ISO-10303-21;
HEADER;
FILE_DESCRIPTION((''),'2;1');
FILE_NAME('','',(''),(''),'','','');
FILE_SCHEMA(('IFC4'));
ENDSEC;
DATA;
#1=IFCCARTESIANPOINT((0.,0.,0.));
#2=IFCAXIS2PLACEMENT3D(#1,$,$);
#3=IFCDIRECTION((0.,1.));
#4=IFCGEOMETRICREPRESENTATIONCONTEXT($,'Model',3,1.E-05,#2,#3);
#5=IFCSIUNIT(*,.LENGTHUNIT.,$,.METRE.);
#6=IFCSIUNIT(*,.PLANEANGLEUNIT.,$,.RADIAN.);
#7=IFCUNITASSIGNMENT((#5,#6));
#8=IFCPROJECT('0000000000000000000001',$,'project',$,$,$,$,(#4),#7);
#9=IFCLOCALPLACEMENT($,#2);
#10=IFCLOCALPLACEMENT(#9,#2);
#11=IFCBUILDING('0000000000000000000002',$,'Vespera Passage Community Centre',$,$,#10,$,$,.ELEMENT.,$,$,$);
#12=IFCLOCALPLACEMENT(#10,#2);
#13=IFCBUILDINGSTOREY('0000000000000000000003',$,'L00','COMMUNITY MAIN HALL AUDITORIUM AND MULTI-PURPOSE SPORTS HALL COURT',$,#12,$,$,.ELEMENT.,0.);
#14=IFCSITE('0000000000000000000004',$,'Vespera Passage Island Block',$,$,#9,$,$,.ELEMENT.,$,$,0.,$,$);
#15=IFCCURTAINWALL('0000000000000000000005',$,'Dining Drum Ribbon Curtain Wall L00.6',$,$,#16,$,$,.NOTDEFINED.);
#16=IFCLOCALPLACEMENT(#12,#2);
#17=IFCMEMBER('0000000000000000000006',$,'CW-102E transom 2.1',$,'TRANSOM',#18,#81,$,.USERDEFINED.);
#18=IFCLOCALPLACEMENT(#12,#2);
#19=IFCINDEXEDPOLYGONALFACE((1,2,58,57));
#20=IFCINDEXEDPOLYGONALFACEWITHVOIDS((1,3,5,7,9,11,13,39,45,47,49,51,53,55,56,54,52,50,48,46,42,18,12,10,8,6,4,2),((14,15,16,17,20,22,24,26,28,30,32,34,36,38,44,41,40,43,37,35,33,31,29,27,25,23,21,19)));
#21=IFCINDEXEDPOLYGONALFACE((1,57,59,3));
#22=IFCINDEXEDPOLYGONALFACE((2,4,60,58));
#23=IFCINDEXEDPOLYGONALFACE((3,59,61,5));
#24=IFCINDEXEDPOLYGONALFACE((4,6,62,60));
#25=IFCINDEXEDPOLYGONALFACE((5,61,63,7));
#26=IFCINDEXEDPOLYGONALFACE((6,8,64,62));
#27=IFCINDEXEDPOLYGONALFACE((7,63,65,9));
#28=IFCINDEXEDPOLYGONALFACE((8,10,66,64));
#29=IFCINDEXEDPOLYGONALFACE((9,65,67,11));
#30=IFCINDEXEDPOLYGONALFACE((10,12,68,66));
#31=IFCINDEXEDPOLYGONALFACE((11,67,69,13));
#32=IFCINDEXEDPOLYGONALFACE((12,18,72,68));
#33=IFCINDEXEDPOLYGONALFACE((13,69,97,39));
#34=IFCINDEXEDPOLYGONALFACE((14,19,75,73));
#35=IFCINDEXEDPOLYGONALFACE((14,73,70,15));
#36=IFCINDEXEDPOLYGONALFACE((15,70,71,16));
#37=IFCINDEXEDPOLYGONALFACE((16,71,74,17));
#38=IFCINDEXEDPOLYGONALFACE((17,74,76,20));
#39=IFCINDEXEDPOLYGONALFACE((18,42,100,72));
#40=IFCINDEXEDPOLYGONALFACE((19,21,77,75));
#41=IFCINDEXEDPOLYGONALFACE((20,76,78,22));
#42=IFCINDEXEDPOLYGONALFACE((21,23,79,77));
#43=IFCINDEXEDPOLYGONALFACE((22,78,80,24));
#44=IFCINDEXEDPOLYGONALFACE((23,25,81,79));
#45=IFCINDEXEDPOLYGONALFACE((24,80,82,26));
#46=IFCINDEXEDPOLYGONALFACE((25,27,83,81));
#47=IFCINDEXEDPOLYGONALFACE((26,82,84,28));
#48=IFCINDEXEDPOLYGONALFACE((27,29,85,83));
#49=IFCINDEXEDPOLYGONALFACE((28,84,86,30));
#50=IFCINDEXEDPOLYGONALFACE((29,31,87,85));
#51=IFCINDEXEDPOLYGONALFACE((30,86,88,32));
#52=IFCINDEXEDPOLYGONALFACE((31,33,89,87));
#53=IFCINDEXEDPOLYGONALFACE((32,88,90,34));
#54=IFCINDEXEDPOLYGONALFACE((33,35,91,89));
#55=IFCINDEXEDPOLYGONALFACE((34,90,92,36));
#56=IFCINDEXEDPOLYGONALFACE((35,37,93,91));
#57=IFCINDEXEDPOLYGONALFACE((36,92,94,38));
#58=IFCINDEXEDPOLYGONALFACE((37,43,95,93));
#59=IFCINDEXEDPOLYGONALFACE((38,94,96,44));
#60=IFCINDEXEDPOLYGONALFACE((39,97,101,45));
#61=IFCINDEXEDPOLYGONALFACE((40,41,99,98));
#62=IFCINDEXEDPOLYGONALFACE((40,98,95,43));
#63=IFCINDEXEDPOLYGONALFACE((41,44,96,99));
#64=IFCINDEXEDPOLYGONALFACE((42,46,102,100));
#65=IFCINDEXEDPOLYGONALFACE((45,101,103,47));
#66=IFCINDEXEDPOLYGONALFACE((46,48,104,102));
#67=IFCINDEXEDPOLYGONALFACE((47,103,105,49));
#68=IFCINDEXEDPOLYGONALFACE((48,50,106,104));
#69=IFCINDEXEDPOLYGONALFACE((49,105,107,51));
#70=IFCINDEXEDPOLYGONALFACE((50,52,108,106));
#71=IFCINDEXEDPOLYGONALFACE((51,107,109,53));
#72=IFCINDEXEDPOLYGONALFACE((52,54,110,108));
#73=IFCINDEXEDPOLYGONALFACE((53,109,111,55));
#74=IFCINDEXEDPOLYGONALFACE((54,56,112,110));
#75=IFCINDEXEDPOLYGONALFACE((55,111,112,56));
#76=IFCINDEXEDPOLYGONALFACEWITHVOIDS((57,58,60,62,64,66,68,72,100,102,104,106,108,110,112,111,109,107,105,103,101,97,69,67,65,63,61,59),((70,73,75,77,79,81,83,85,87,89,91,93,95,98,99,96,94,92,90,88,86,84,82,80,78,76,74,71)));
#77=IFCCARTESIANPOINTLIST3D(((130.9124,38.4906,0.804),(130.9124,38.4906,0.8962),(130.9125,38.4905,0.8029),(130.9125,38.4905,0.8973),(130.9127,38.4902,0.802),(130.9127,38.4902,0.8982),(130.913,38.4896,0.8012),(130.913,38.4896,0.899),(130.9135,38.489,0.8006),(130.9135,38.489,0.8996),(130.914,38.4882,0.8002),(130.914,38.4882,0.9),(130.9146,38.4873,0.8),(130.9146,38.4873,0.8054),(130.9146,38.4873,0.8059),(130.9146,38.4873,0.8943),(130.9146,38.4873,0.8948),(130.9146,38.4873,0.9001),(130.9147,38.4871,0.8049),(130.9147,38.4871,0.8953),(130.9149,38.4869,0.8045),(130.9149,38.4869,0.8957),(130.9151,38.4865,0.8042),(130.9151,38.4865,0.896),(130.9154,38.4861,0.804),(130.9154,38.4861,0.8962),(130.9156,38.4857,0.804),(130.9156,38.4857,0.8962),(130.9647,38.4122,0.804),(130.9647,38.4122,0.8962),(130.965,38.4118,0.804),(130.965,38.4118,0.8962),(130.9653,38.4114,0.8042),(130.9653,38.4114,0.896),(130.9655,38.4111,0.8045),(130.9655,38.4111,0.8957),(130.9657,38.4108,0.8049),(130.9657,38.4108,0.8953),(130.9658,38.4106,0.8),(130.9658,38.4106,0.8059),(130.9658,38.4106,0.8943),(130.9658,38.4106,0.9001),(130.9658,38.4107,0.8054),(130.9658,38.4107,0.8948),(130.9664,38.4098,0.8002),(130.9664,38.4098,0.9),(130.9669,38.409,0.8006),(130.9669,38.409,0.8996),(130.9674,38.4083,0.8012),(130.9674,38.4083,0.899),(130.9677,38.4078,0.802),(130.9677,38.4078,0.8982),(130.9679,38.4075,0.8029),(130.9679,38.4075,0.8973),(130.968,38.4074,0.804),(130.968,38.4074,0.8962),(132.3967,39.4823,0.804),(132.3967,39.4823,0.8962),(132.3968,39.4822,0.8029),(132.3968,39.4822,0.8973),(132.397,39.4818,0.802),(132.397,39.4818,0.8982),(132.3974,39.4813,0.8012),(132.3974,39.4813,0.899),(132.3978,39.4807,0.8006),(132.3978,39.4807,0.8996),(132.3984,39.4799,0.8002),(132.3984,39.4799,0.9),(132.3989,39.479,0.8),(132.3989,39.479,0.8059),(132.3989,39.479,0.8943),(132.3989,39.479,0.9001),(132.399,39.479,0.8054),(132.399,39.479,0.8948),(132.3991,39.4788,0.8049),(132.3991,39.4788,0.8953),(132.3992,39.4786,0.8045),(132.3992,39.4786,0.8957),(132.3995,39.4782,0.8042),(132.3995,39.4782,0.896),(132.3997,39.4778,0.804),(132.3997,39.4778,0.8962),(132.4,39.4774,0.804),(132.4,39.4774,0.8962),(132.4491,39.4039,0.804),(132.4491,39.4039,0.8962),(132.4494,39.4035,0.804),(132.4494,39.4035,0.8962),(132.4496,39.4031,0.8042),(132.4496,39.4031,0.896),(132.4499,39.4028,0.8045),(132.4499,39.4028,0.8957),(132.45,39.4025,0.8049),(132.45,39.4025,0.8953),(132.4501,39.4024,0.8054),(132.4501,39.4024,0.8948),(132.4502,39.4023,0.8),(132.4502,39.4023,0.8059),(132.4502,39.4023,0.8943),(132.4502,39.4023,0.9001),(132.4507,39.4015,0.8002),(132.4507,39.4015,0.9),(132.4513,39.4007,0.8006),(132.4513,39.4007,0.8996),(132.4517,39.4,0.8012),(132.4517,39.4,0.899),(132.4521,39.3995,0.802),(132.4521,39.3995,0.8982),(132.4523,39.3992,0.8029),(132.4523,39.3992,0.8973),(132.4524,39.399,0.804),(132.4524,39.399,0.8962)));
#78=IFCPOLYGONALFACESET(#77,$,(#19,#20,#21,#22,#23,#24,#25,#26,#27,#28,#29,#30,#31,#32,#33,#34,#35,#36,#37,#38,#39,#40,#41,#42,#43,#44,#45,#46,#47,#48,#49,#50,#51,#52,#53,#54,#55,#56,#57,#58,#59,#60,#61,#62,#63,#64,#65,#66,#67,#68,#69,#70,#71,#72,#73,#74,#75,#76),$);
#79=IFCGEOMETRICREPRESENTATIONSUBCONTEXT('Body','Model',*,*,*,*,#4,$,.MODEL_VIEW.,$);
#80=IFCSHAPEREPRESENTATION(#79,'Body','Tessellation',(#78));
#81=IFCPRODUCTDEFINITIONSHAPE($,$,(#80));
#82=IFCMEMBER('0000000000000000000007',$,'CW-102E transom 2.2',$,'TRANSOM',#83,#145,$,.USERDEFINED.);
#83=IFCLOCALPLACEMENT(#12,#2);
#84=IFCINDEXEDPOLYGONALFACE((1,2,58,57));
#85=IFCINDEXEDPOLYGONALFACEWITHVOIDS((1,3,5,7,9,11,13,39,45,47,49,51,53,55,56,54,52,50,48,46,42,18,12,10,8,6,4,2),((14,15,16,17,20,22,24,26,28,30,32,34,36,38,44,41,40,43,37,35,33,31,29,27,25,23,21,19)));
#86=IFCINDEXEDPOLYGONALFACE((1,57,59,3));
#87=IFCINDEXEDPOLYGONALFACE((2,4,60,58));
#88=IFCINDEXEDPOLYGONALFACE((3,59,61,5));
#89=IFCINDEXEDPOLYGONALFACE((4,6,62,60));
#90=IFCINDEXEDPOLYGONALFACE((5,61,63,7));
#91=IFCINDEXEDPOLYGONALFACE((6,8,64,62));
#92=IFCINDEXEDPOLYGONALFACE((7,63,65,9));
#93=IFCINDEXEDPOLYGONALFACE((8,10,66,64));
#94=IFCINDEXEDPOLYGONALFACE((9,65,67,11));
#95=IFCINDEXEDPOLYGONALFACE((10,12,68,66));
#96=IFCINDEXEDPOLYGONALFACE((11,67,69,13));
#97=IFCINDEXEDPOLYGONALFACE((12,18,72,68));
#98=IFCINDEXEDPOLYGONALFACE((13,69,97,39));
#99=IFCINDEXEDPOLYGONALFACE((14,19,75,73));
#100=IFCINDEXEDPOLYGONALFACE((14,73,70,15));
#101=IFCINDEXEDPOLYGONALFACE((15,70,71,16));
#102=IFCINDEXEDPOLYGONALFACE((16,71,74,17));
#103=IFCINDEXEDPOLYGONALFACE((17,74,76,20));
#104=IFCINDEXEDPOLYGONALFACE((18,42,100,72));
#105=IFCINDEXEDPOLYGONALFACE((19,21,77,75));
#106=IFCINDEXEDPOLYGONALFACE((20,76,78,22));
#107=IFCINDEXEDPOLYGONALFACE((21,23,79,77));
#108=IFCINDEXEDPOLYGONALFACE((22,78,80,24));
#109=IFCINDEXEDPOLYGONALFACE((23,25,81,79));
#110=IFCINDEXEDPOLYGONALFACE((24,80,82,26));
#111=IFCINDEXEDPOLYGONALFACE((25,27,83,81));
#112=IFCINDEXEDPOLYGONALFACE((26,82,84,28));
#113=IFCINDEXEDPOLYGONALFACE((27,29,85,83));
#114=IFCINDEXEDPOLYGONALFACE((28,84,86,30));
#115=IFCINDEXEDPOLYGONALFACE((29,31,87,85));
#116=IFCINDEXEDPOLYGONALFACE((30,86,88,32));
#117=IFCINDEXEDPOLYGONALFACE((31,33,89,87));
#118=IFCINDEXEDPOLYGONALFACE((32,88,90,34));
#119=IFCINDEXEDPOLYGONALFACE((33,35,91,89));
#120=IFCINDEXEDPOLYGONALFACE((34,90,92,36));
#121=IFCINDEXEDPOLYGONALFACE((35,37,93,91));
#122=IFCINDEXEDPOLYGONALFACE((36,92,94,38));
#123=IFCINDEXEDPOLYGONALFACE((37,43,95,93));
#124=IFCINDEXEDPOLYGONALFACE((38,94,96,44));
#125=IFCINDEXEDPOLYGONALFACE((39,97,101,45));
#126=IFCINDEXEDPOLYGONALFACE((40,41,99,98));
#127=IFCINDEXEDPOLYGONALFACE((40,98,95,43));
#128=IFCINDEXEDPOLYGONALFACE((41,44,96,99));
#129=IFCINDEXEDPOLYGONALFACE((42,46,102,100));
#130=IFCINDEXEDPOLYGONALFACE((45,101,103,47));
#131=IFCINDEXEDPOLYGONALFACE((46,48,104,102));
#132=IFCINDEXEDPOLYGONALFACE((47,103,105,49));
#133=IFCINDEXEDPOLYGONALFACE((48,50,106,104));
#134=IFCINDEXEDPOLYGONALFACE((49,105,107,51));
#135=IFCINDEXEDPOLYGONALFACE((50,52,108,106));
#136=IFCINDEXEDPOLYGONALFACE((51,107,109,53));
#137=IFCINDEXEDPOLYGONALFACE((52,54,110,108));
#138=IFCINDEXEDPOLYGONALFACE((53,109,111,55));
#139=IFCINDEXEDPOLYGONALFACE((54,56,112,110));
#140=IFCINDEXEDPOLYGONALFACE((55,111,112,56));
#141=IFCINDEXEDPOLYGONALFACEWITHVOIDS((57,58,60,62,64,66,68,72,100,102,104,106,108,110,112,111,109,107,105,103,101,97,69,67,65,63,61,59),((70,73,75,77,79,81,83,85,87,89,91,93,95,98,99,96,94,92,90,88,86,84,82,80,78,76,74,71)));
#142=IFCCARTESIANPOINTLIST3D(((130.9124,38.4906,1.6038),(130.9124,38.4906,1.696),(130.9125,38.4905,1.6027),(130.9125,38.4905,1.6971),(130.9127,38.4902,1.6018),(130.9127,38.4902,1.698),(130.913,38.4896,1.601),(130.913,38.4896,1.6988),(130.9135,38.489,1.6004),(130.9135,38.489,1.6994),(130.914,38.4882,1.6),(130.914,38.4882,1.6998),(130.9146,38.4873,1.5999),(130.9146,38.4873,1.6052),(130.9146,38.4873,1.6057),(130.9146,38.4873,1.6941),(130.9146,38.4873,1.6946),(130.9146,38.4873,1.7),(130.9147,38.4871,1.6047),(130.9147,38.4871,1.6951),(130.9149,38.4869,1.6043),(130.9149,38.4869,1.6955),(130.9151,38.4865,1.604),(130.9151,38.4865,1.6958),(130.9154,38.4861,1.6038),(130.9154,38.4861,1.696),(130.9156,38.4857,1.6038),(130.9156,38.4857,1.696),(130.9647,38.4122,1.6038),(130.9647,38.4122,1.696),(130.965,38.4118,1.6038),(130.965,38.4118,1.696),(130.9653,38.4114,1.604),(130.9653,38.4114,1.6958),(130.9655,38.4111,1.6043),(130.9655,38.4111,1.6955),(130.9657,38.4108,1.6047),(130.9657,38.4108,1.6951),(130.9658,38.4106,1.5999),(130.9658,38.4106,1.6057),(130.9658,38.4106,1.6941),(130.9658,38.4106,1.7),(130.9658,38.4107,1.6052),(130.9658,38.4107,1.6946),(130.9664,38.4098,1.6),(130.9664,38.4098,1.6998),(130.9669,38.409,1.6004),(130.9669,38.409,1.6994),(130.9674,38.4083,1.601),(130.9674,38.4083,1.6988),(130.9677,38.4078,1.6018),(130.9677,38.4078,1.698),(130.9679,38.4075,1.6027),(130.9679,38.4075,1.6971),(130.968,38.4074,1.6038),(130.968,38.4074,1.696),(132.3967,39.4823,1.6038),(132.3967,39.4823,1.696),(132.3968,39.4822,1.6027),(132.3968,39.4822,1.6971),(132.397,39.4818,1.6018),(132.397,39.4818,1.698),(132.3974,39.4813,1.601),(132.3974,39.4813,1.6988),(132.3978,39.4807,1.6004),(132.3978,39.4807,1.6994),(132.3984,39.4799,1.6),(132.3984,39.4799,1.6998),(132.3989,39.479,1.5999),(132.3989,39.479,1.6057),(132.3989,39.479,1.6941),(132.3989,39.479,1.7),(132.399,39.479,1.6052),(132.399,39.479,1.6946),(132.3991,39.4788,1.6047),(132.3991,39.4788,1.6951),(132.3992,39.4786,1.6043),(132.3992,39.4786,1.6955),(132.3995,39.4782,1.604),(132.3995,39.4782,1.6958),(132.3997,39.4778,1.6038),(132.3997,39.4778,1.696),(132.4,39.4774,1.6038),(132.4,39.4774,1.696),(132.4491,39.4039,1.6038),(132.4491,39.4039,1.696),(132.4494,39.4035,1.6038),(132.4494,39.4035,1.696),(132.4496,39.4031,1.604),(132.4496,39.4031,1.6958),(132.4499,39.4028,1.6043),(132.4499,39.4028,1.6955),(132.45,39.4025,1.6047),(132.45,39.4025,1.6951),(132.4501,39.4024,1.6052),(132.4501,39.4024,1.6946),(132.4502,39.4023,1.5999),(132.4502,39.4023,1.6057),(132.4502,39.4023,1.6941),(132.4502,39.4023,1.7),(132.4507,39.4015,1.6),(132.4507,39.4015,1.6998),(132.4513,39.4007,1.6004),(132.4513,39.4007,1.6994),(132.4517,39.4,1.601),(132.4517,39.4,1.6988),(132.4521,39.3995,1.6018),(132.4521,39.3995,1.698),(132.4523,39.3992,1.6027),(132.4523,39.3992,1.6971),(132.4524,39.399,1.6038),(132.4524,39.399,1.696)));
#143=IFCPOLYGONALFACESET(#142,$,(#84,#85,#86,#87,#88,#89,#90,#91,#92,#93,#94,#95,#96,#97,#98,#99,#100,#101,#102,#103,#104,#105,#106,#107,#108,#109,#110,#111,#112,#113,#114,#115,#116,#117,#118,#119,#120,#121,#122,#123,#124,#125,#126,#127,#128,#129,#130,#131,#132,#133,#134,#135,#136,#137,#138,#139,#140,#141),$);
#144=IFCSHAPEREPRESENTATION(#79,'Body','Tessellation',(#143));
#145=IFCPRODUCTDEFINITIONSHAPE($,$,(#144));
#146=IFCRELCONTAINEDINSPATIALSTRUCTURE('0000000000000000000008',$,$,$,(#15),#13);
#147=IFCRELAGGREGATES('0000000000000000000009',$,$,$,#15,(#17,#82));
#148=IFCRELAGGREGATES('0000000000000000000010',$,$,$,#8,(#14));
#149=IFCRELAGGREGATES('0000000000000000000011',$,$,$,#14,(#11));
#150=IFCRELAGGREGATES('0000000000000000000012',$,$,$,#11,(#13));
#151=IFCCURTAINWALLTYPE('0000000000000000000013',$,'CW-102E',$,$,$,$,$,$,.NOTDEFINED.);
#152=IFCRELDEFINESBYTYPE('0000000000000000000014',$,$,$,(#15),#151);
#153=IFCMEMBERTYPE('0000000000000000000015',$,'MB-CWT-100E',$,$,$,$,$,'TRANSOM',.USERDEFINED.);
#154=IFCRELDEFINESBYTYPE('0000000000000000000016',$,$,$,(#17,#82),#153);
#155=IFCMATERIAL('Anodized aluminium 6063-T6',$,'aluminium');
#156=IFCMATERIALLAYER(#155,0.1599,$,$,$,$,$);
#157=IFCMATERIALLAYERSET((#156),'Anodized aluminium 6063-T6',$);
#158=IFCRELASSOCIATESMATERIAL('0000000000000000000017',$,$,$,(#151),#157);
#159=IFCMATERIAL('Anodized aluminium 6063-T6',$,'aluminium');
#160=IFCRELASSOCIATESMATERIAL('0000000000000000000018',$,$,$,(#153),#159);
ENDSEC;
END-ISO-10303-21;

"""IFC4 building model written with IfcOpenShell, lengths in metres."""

from ifc_helpers import new_model, si_unit, direction, frame, origin, origin_2d, place, context, subcontext, project, spatial, hollow_rectangle, extrude, material, layer, layer_set, material_profile, profile_set, type_object, element, aggregate, save


model = new_model("IFC4")

# Units and contexts
model_context = context("Model", 3, precision=1e-05, world=origin(), true_north=direction((0.0, 1.0)))
body_context = subcontext(model_context, "Body", "Model", "MODEL_VIEW")
ifc_project = project(units=[si_unit("LENGTHUNIT", "METRE"), si_unit("PLANEANGLEUNIT", "RADIAN")], contexts=[model_context])

# Site, building, storey
site_placement = place(None, origin())
site = spatial("IfcSite", under=ifc_project, at=site_placement, Name="Vespera Passage Island Block", CompositionType="ELEMENT", RefElevation=0.0)
building_placement = place(site_placement, origin())
building = spatial("IfcBuilding", under=site, at=building_placement, Name="Vespera Passage Community Centre", CompositionType="ELEMENT")
storey_placement = place(building_placement, origin())
storey = spatial("IfcBuildingStorey", under=building, at=storey_placement, Name="L00", Description="COMMUNITY MAIN HALL AUDITORIUM AND MULTI-PURPOSE SPORTS HALL COURT", CompositionType="ELEMENT", Elevation=0.0)

# Curtain wall
ifc_material_1 = material(Name="Anodized aluminium 6063-T6", Category="aluminium")
ifc_layer_1 = layer(ifc_material_1, 0.1599)
ifc_layer_set_1 = layer_set([ifc_layer_1], Name="Anodized aluminium 6063-T6")
curtain_wall_type_1 = type_object("IfcCurtainWallType", Name="CW-102E", PredefinedType="NOTDEFINED", material=ifc_layer_set_1)
curtain_wall_1_placement = place(storey_placement, origin())
curtain_wall_1 = element("IfcCurtainWall", 1, at=curtain_wall_1_placement, inside=storey, type_object=curtain_wall_type_1, Name="Dining Drum Ribbon Curtain Wall L00.6", PredefinedType="NOTDEFINED")

# Members
ifc_material_2 = material(Name="Anodized aluminium 6063-T6", Category="aluminium")
ifc_material_profile_1 = material_profile(ifc_material_2, hollow_rectangle(XDim=0.1001, YDim=0.1001, WallThickness=0.0039, InnerFilletRadius=0.002, OuterFilletRadius=0.0039, at=origin_2d()), Name="ALU100X100X4")
ifc_profile_set_1 = profile_set([ifc_material_profile_1], Name="Anodized aluminium 6063-T6")
member_type_1 = type_object("IfcMemberType", Name="MB-CWT-100E", ElementType="TRANSOM", PredefinedType="USERDEFINED", material=ifc_profile_set_1)
member_1_placement = place(storey_placement, frame((130.9402, 38.449, 0.8501), z_axis=(0.831503, 0.55552, 0.0), x_axis=(-0.55552, 0.831503, 0.0)))
member_1 = element("IfcMember", 2, at=member_1_placement, type_object=member_type_1, Name="CW-102E transom 2.1", ObjectType="TRANSOM", PredefinedType="USERDEFINED", context=body_context, shape_type="SweptSolid", body=[
    extrude(hollow_rectangle(XDim=0.1001, YDim=0.1001, WallThickness=0.0039, InnerFilletRadius=0.002, OuterFilletRadius=0.0039, at=origin_2d()), origin(), (0.0, 0.0, 1.0), 1.7852),
])
member_2_placement = place(storey_placement, frame((130.9402, 38.449, 1.6499), z_axis=(0.831503, 0.55552, 0.0), x_axis=(-0.55552, 0.831503, 0.0)))
member_2 = element("IfcMember", 3, at=member_2_placement, type_object=member_type_1, Name="CW-102E transom 2.2", ObjectType="TRANSOM", PredefinedType="USERDEFINED", context=body_context, shape_type="SweptSolid", body=[
    extrude(hollow_rectangle(XDim=0.1001, YDim=0.1001, WallThickness=0.0039, InnerFilletRadius=0.002, OuterFilletRadius=0.0039, at=origin_2d()), origin(), (0.0, 0.0, 1.0), 1.7852),
])

aggregate(curtain_wall_1, [member_1, member_2])

save(model, "model.ifc")
